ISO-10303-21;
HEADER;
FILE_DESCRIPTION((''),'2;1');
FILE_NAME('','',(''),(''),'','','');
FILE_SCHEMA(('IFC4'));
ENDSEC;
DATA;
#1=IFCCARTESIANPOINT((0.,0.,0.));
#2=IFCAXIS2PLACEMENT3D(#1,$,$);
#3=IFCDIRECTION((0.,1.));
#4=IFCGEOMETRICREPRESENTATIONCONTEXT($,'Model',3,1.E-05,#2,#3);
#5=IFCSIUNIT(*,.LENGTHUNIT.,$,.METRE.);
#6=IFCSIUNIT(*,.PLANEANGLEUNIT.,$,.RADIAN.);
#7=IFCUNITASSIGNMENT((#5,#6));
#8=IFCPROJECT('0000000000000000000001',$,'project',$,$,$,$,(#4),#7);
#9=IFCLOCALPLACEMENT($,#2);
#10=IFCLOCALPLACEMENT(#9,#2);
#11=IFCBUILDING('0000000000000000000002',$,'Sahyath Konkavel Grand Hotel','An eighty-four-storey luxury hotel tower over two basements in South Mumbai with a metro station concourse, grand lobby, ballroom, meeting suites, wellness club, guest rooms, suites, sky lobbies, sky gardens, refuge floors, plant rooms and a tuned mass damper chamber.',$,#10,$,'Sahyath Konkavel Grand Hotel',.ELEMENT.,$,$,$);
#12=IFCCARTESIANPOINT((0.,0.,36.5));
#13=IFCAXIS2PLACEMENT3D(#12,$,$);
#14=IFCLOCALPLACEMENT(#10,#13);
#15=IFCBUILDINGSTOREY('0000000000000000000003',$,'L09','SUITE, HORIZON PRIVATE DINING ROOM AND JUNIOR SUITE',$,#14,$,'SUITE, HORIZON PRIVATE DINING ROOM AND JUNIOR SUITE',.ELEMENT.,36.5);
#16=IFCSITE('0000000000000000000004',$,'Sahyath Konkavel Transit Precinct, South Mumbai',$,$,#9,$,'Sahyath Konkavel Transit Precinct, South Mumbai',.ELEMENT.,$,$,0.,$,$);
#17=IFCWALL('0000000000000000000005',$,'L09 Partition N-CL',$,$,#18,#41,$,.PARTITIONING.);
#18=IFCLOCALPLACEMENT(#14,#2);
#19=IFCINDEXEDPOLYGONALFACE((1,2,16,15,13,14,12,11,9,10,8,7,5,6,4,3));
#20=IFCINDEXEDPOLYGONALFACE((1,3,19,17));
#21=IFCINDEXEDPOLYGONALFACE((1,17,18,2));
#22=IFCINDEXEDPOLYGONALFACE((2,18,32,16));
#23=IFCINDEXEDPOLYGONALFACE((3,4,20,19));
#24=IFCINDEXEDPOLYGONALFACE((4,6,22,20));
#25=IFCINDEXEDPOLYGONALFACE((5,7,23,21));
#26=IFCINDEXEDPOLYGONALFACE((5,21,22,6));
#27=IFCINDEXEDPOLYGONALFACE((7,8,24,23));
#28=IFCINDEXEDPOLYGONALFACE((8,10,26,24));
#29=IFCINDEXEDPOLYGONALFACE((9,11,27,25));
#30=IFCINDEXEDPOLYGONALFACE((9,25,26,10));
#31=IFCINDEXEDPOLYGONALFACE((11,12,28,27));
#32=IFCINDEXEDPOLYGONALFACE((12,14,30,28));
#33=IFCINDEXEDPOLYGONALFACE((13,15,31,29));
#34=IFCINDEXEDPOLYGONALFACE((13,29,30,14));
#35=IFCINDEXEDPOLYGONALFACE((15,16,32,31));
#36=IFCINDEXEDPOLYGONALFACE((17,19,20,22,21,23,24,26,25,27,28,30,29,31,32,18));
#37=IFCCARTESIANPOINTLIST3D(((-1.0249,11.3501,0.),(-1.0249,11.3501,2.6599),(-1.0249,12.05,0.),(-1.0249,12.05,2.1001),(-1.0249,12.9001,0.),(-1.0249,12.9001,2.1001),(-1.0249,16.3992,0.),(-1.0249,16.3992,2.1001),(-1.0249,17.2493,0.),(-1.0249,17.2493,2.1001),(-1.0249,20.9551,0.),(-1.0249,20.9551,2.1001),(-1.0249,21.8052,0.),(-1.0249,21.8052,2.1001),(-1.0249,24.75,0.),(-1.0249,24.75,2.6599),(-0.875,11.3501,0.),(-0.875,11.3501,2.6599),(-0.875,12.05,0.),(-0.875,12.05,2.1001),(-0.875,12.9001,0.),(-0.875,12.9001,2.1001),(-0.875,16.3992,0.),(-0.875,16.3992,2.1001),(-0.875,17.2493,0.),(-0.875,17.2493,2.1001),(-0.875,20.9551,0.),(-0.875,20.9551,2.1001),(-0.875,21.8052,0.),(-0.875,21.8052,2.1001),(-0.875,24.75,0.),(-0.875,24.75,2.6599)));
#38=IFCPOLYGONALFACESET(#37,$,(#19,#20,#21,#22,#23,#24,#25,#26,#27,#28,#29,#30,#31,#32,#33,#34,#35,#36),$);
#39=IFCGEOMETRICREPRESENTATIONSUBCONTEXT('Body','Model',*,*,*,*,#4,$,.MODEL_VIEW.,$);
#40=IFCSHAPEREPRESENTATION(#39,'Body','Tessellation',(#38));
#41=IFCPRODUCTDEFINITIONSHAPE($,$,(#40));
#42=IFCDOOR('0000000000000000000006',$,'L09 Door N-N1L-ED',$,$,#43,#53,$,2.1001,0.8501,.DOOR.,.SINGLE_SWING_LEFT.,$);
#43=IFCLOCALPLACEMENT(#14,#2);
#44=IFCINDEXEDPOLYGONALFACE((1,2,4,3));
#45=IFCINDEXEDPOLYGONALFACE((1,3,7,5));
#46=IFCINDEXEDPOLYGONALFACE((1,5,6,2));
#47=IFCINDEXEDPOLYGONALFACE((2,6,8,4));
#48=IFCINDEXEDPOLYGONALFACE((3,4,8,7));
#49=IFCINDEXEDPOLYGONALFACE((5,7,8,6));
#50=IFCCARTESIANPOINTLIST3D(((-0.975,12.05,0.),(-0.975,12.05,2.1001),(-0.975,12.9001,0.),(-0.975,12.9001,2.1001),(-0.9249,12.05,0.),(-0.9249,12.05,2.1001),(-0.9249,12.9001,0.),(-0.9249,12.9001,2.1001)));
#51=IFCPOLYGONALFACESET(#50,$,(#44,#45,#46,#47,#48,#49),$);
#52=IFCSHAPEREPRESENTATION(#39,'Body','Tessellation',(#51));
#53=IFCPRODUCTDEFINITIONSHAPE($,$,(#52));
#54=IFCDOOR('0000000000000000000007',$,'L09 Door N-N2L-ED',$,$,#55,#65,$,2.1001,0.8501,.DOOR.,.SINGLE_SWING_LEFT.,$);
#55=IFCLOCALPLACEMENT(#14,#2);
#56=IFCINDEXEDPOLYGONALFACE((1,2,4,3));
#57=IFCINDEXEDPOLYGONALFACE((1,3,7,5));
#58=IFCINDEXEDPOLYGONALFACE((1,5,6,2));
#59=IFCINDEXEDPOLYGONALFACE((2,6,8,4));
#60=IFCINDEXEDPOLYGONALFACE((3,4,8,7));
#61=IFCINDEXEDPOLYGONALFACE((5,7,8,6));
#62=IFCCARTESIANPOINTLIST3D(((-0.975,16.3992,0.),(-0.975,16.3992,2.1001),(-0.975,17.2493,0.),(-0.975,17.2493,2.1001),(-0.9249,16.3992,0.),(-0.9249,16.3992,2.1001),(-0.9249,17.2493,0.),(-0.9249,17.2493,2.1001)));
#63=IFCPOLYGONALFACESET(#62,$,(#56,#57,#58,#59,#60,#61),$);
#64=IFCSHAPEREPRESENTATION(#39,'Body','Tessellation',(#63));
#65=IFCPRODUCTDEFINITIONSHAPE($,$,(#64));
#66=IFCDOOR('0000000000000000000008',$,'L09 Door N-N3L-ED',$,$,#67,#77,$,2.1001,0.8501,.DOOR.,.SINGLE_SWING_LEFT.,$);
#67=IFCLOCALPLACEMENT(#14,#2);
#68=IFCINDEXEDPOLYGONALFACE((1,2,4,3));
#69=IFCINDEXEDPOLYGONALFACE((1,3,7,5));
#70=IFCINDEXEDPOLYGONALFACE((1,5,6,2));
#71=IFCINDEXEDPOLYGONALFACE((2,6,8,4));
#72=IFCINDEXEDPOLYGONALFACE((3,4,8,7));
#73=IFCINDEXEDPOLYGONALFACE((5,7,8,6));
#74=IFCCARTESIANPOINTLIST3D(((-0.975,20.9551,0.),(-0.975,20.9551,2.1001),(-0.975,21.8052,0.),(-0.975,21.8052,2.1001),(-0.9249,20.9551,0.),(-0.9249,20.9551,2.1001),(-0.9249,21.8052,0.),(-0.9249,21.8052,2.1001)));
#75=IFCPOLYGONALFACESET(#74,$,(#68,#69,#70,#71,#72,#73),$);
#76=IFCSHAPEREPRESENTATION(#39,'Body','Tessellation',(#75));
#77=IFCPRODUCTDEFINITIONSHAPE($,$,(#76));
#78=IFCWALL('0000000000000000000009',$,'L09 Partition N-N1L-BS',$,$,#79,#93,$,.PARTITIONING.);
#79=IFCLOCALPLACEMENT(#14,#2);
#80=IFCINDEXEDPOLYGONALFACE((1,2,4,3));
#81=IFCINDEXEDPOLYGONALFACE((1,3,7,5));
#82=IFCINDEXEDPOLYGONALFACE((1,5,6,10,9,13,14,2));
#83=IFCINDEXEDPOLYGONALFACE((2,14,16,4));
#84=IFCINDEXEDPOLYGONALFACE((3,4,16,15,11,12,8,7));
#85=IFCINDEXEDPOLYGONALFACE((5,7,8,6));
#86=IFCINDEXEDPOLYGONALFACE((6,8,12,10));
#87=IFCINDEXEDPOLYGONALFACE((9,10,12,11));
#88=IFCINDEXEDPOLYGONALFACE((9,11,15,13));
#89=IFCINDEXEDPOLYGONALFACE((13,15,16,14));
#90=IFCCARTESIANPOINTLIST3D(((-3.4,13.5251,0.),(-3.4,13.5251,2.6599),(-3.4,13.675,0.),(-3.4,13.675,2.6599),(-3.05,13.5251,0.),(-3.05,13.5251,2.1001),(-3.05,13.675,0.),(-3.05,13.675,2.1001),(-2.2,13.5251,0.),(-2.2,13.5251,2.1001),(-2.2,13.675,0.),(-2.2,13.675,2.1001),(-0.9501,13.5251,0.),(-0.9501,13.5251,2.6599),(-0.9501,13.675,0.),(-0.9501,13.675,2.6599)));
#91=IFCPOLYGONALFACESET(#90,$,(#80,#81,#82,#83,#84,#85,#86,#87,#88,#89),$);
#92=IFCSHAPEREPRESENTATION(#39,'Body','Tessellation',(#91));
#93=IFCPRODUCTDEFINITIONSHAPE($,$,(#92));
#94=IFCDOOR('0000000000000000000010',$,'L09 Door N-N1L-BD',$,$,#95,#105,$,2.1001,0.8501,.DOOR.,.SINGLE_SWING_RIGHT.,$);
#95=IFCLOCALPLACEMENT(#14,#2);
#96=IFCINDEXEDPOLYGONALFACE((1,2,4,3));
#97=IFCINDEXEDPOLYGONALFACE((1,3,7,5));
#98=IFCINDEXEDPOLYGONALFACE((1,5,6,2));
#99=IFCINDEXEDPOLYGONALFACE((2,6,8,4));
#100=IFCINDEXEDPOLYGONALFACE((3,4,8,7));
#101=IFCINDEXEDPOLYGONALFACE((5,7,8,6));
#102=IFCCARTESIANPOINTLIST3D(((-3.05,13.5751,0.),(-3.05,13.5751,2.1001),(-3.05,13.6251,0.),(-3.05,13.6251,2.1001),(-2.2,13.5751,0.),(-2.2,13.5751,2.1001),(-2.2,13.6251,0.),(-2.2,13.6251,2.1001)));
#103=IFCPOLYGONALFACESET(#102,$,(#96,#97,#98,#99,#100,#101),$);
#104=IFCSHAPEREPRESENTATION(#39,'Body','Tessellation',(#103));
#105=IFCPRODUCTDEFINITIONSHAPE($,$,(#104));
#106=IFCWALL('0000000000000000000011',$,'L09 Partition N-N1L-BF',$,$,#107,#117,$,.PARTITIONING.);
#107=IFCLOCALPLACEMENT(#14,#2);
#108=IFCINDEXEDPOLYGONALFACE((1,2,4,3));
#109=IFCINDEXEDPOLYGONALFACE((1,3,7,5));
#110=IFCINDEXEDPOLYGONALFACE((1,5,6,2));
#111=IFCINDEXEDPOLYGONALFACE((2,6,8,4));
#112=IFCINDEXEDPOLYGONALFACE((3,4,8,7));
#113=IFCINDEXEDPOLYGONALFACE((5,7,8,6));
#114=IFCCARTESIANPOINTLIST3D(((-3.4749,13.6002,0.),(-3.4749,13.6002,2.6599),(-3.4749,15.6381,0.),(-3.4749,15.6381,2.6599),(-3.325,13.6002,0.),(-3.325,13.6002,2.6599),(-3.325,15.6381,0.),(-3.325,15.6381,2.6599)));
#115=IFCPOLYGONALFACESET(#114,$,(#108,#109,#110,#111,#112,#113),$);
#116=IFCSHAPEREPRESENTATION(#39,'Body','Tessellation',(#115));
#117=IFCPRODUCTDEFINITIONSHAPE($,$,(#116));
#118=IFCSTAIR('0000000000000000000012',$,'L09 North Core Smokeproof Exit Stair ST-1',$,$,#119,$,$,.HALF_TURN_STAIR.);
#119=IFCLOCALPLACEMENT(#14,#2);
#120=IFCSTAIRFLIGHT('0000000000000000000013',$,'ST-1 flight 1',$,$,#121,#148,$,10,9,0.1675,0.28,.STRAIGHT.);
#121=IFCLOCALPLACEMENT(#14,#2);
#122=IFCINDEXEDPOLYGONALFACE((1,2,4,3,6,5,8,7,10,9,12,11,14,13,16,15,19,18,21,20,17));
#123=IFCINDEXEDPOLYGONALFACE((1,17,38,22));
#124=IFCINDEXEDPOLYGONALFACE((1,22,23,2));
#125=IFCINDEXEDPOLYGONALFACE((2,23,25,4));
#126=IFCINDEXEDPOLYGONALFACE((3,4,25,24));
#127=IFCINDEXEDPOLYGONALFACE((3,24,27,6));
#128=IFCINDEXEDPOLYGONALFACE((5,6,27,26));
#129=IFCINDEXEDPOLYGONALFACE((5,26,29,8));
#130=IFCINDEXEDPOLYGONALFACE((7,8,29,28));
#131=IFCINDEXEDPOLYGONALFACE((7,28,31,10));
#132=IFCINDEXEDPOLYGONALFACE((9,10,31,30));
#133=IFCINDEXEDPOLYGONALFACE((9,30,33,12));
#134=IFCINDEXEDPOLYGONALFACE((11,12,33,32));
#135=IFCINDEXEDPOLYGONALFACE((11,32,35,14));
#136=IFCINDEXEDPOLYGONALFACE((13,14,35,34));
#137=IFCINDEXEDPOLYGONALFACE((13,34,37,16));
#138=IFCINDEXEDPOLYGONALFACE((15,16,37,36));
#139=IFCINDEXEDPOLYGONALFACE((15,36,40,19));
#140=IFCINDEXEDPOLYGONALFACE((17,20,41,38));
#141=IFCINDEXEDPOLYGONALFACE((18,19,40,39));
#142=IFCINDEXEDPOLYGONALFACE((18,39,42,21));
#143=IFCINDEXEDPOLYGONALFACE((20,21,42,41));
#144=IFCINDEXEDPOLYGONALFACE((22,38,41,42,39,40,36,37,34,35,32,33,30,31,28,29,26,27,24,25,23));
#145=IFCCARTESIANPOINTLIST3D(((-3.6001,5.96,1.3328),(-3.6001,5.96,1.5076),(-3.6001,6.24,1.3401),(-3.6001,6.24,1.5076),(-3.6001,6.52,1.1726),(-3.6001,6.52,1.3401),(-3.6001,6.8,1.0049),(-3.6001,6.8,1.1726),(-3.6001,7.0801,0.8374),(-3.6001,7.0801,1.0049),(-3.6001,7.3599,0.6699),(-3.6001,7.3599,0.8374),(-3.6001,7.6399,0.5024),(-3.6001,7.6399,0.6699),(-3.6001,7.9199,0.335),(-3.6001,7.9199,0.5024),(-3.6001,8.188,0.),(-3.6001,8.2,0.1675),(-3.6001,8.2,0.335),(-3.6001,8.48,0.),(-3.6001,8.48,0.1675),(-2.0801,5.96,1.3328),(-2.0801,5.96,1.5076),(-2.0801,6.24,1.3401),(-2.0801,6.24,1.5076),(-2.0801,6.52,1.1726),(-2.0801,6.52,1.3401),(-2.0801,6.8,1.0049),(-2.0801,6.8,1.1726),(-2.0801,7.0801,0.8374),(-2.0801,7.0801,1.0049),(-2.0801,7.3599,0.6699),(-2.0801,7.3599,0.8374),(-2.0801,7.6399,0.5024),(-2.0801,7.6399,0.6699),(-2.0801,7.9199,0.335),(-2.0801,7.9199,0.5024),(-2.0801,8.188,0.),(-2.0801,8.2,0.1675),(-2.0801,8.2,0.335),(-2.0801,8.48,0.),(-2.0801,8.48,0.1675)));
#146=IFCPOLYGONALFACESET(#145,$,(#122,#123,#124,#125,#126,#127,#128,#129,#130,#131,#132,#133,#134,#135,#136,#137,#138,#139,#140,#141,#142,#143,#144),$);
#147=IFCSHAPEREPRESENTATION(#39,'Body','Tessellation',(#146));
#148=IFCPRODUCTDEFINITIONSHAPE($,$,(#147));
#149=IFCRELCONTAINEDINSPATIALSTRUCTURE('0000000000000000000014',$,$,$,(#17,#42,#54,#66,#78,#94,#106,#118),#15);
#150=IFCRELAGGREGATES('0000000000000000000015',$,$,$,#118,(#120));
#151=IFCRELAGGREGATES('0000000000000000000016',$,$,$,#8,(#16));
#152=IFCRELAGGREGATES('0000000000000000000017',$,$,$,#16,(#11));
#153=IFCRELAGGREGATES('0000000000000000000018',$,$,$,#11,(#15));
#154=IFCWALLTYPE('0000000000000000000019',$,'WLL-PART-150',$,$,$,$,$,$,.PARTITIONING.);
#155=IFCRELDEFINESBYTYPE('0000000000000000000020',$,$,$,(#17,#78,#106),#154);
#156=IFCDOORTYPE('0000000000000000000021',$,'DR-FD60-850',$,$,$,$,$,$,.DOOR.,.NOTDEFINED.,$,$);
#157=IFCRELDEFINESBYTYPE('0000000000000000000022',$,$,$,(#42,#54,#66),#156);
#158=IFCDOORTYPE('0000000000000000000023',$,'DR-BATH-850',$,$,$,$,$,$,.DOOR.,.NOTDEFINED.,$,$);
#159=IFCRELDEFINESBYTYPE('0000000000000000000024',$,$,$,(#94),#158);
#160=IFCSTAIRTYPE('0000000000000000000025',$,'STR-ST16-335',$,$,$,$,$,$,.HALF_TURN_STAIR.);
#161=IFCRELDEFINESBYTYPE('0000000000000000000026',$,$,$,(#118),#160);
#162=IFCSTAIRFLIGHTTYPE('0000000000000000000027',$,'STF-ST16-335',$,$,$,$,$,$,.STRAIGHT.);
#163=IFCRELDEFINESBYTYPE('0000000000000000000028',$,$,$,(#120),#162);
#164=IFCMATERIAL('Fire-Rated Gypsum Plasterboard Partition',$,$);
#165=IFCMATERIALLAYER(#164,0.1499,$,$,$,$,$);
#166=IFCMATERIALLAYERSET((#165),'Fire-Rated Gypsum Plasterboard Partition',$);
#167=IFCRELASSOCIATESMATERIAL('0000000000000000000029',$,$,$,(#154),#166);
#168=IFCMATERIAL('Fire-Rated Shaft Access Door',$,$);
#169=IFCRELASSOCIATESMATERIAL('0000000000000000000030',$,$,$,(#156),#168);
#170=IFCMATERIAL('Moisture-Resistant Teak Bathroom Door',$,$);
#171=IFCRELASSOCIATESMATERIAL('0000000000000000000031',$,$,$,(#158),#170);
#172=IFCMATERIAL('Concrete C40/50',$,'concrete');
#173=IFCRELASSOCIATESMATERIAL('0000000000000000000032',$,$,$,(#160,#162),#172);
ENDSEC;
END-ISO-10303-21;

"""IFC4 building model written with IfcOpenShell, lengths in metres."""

from ifc_helpers import new_model, si_unit, direction, frame, frame_2d, origin, origin_2d, place, context, subcontext, project, spatial, polyline, rectangle, outline, extrude, source, transform, mapped, material, layer, layer_set, type_object, element, fill, aggregate, save


model = new_model("IFC4")

# Units and contexts
model_context = context("Model", 3, precision=1e-05, world=origin(), true_north=direction((0.0, 1.0)))
body_context = subcontext(model_context, "Body", "Model", "MODEL_VIEW")
ifc_project = project(units=[si_unit("LENGTHUNIT", "METRE"), si_unit("PLANEANGLEUNIT", "RADIAN")], contexts=[model_context])

# Site, building, storey
site_placement = place(None, origin())
site = spatial("IfcSite", under=ifc_project, at=site_placement, Name="Sahyath Konkavel Transit Precinct, South Mumbai", LongName="Sahyath Konkavel Transit Precinct, South Mumbai", CompositionType="ELEMENT", RefElevation=0.0)
building_placement = place(site_placement, origin())
building = spatial("IfcBuilding", under=site, at=building_placement, Name="Sahyath Konkavel Grand Hotel", Description="An eighty-four-storey luxury hotel tower over two basements in South Mumbai with a metro station concourse, grand lobby, ballroom, meeting suites, wellness club, guest rooms, suites, sky lobbies, sky gardens, refuge floors, plant rooms and a tuned mass damper chamber.", LongName="Sahyath Konkavel Grand Hotel", CompositionType="ELEMENT")
storey_placement = place(building_placement, frame((0.0, 0.0, 36.5)))
storey = spatial("IfcBuildingStorey", under=building, at=storey_placement, Name="L09", Description="SUITE, HORIZON PRIVATE DINING ROOM AND JUNIOR SUITE", LongName="SUITE, HORIZON PRIVATE DINING ROOM AND JUNIOR SUITE", CompositionType="ELEMENT", Elevation=36.5)

# Wall, openings, doors
ifc_material_1 = material(Name="Fire-Rated Gypsum Plasterboard Partition")
ifc_layer_1 = layer(ifc_material_1, 0.1499)
ifc_layer_set_1 = layer_set([ifc_layer_1], Name="Fire-Rated Gypsum Plasterboard Partition")
wall_type_1 = type_object("IfcWallType", Name="WLL-PART-150", PredefinedType="PARTITIONING", material=ifc_layer_set_1)
wall_1_placement = place(storey_placement, frame((-0.95, 11.3501, 0.0), z_axis=(0.0, 0.0, 1.0), x_axis=(0.0, 1.0, 0.0)))
wall_1 = element("IfcWall", 1, at=wall_1_placement, inside=storey, type_object=wall_type_1, Name="L09 Partition N-CL", PredefinedType="PARTITIONING", context=body_context, shape_type="SweptSolid", body=[
    extrude(rectangle(XDim=13.3999, YDim=0.1499, at=frame_2d((6.7, 0.0))), origin(), (0.0, 0.0, 1.0), 2.6599),
])
opening_1_placement = place(wall_1_placement, frame((0.7, 0.0, 0.0)))
opening_1 = element("IfcOpeningElement", 2, at=opening_1_placement, cuts=wall_1, PredefinedType="OPENING", context=body_context, shape_type="SweptSolid", body=[
    extrude(rectangle(XDim=0.8501, YDim=2.1001, at=frame_2d((0.425, 1.05))), frame((0.0, 0.085, 0.0), z_axis=(0.0, -1.0, 0.0), x_axis=(1.0, 0.0, 0.0)), (0.0, 0.0, 1.0), 0.1699),
])
opening_2_placement = place(wall_1_placement, frame((5.0491, 0.0, 0.0)))
opening_2 = element("IfcOpeningElement", 3, at=opening_2_placement, cuts=wall_1, PredefinedType="OPENING", context=body_context, shape_type="SweptSolid", body=[
    extrude(rectangle(XDim=0.8501, YDim=2.1001, at=frame_2d((0.425, 1.05))), frame((0.0, 0.085, 0.0), z_axis=(0.0, -1.0, 0.0), x_axis=(1.0, 0.0, 0.0)), (0.0, 0.0, 1.0), 0.1699),
])
opening_3_placement = place(wall_1_placement, frame((9.605, 0.0, 0.0)))
opening_3 = element("IfcOpeningElement", 4, at=opening_3_placement, cuts=wall_1, PredefinedType="OPENING", context=body_context, shape_type="SweptSolid", body=[
    extrude(rectangle(XDim=0.8501, YDim=2.1001, at=frame_2d((0.425, 1.05))), frame((0.0, 0.085, 0.0), z_axis=(0.0, -1.0, 0.0), x_axis=(1.0, 0.0, 0.0)), (0.0, 0.0, 1.0), 0.1699),
])
ifc_material_2 = material(Name="Fire-Rated Shaft Access Door")
door_type_1 = type_object("IfcDoorType", Name="DR-FD60-850", OperationType="NOTDEFINED", PredefinedType="DOOR", material=ifc_material_2)
shared_shape_1 = source(origin(), body_context, "Body", "SweptSolid", [
    extrude(rectangle(XDim=0.8501, YDim=0.05, at=origin_2d()), origin(), (0.0, 0.0, 1.0), 2.1001),
])
door_1_placement = place(opening_1_placement, frame((0.425, 0.0, 0.0)))
door_1 = element("IfcDoor", 5, at=door_1_placement, inside=storey, type_object=door_type_1, Name="L09 Door N-N1L-ED", OperationType="SINGLE_SWING_LEFT", OverallHeight=2.1001, OverallWidth=0.8501, PredefinedType="DOOR", context=body_context, shape_type="MappedRepresentation", body=[
    mapped(shared_shape_1, transform((0.0, 0.0, 0.0), scale=1.0)),
])
fill(opening_1, door_1)
door_2_placement = place(opening_2_placement, frame((0.425, 0.0, 0.0)))
door_2 = element("IfcDoor", 6, at=door_2_placement, inside=storey, type_object=door_type_1, Name="L09 Door N-N2L-ED", OperationType="SINGLE_SWING_LEFT", OverallHeight=2.1001, OverallWidth=0.8501, PredefinedType="DOOR", context=body_context, shape_type="MappedRepresentation", body=[
    mapped(shared_shape_1, transform((0.0, 0.0, 0.0), scale=1.0)),
])
fill(opening_2, door_2)
door_3_placement = place(opening_3_placement, frame((0.425, 0.0, 0.0)))
door_3 = element("IfcDoor", 7, at=door_3_placement, inside=storey, type_object=door_type_1, Name="L09 Door N-N3L-ED", OperationType="SINGLE_SWING_LEFT", OverallHeight=2.1001, OverallWidth=0.8501, PredefinedType="DOOR", context=body_context, shape_type="MappedRepresentation", body=[
    mapped(shared_shape_1, transform((0.0, 0.0, 0.0), scale=1.0)),
])
fill(opening_3, door_3)

# Wall, opening, door
wall_2_placement = place(storey_placement, frame((-0.95, 13.6001, 0.0), z_axis=(0.0, 0.0, 1.0), x_axis=(-1.0, 0.0, 0.0)))
wall_2 = element("IfcWall", 8, at=wall_2_placement, inside=storey, type_object=wall_type_1, Name="L09 Partition N-N1L-BS", PredefinedType="PARTITIONING", context=body_context, shape_type="SweptSolid", body=[
    extrude(rectangle(XDim=2.45, YDim=0.1499, at=frame_2d((1.2251, 0.0))), origin(), (0.0, 0.0, 1.0), 2.6599),
])
opening_4_placement = place(wall_2_placement, frame((1.25, 0.0, 0.0)))
opening_4 = element("IfcOpeningElement", 9, at=opening_4_placement, cuts=wall_2, PredefinedType="OPENING", context=body_context, shape_type="SweptSolid", body=[
    extrude(rectangle(XDim=0.8501, YDim=2.1001, at=frame_2d((0.425, 1.05))), frame((0.0, 0.085, 0.0), z_axis=(0.0, -1.0, 0.0), x_axis=(1.0, 0.0, 0.0)), (0.0, 0.0, 1.0), 0.1699),
])
ifc_material_3 = material(Name="Moisture-Resistant Teak Bathroom Door")
door_type_2 = type_object("IfcDoorType", Name="DR-BATH-850", OperationType="NOTDEFINED", PredefinedType="DOOR", material=ifc_material_3)
door_4_placement = place(opening_4_placement, frame((0.425, 0.0, 0.0)))
door_4 = element("IfcDoor", 10, at=door_4_placement, inside=storey, type_object=door_type_2, Name="L09 Door N-N1L-BD", OperationType="SINGLE_SWING_RIGHT", OverallHeight=2.1001, OverallWidth=0.8501, PredefinedType="DOOR", context=body_context, shape_type="MappedRepresentation", body=[
    mapped(shared_shape_1, transform((0.0, 0.0, 0.0), scale=1.0)),
])
fill(opening_4, door_4)

# Wall
wall_3_placement = place(storey_placement, frame((-3.3999, 13.6001, 0.0), z_axis=(0.0, 0.0, 1.0), x_axis=(0.0, 1.0, 0.0)))
element("IfcWall", 11, at=wall_3_placement, inside=storey, type_object=wall_type_1, Name="L09 Partition N-N1L-BF", PredefinedType="PARTITIONING", context=body_context, shape_type="SweptSolid", body=[
    extrude(rectangle(XDim=2.0378, YDim=0.1499, at=frame_2d((1.019, 0.0))), origin(), (0.0, 0.0, 1.0), 2.6599),
])

# Stair, stair flight
ifc_material_4 = material(Name="Concrete C40/50", Category="concrete")
stair_type = type_object("IfcStairType", Name="STR-ST16-335", PredefinedType="HALF_TURN_STAIR", material=ifc_material_4)
stair_placement = place(storey_placement, origin())
stair = element("IfcStair", 12, at=stair_placement, inside=storey, type_object=stair_type, Name="L09 North Core Smokeproof Exit Stair ST-1", PredefinedType="HALF_TURN_STAIR")
stair_flight_type = type_object("IfcStairFlightType", Name="STF-ST16-335", PredefinedType="STRAIGHT", material=ifc_material_4)
stair_flight_placement = place(storey_placement, frame((-2.8401, 8.48, 0.0), z_axis=(0.0, 0.0, 1.0), x_axis=(0.0, -1.0, 0.0)))
stair_flight = element("IfcStairFlight", 13, at=stair_flight_placement, type_object=stair_flight_type, Name="ST-1 flight 1", NumberOfRisers=10, NumberOfTreads=9, PredefinedType="STRAIGHT", RiserHeight=0.1675, TreadLength=0.28, context=body_context, shape_type="SweptSolid", body=[
    extrude(outline(polyline([(0.0, 0.0), (0.0, 0.1675), (0.28, 0.1675), (0.28, 0.335), (0.5601, 0.335), (0.5601, 0.5024), (0.8401, 0.5024), (0.8401, 0.6699), (1.1201, 0.6699), (1.1201, 0.8374), (1.3999, 0.8374), (1.3999, 1.0049), (1.6799, 1.0049), (1.6799, 1.1726), (1.96, 1.1726), (1.96, 1.3401), (2.24, 1.3401), (2.24, 1.5076), (2.52, 1.5076), (2.52, 1.675), (2.52, 1.3328), (0.292, 0.0), (0.0, 0.0)])), frame((0.0, 0.76, 0.0), z_axis=(0.0, -1.0, 0.0), x_axis=(1.0, 0.0, 0.0)), (0.0, 0.0, 1.0), 1.52),
])
aggregate(stair, [stair_flight])

save(model, "model.ifc")
